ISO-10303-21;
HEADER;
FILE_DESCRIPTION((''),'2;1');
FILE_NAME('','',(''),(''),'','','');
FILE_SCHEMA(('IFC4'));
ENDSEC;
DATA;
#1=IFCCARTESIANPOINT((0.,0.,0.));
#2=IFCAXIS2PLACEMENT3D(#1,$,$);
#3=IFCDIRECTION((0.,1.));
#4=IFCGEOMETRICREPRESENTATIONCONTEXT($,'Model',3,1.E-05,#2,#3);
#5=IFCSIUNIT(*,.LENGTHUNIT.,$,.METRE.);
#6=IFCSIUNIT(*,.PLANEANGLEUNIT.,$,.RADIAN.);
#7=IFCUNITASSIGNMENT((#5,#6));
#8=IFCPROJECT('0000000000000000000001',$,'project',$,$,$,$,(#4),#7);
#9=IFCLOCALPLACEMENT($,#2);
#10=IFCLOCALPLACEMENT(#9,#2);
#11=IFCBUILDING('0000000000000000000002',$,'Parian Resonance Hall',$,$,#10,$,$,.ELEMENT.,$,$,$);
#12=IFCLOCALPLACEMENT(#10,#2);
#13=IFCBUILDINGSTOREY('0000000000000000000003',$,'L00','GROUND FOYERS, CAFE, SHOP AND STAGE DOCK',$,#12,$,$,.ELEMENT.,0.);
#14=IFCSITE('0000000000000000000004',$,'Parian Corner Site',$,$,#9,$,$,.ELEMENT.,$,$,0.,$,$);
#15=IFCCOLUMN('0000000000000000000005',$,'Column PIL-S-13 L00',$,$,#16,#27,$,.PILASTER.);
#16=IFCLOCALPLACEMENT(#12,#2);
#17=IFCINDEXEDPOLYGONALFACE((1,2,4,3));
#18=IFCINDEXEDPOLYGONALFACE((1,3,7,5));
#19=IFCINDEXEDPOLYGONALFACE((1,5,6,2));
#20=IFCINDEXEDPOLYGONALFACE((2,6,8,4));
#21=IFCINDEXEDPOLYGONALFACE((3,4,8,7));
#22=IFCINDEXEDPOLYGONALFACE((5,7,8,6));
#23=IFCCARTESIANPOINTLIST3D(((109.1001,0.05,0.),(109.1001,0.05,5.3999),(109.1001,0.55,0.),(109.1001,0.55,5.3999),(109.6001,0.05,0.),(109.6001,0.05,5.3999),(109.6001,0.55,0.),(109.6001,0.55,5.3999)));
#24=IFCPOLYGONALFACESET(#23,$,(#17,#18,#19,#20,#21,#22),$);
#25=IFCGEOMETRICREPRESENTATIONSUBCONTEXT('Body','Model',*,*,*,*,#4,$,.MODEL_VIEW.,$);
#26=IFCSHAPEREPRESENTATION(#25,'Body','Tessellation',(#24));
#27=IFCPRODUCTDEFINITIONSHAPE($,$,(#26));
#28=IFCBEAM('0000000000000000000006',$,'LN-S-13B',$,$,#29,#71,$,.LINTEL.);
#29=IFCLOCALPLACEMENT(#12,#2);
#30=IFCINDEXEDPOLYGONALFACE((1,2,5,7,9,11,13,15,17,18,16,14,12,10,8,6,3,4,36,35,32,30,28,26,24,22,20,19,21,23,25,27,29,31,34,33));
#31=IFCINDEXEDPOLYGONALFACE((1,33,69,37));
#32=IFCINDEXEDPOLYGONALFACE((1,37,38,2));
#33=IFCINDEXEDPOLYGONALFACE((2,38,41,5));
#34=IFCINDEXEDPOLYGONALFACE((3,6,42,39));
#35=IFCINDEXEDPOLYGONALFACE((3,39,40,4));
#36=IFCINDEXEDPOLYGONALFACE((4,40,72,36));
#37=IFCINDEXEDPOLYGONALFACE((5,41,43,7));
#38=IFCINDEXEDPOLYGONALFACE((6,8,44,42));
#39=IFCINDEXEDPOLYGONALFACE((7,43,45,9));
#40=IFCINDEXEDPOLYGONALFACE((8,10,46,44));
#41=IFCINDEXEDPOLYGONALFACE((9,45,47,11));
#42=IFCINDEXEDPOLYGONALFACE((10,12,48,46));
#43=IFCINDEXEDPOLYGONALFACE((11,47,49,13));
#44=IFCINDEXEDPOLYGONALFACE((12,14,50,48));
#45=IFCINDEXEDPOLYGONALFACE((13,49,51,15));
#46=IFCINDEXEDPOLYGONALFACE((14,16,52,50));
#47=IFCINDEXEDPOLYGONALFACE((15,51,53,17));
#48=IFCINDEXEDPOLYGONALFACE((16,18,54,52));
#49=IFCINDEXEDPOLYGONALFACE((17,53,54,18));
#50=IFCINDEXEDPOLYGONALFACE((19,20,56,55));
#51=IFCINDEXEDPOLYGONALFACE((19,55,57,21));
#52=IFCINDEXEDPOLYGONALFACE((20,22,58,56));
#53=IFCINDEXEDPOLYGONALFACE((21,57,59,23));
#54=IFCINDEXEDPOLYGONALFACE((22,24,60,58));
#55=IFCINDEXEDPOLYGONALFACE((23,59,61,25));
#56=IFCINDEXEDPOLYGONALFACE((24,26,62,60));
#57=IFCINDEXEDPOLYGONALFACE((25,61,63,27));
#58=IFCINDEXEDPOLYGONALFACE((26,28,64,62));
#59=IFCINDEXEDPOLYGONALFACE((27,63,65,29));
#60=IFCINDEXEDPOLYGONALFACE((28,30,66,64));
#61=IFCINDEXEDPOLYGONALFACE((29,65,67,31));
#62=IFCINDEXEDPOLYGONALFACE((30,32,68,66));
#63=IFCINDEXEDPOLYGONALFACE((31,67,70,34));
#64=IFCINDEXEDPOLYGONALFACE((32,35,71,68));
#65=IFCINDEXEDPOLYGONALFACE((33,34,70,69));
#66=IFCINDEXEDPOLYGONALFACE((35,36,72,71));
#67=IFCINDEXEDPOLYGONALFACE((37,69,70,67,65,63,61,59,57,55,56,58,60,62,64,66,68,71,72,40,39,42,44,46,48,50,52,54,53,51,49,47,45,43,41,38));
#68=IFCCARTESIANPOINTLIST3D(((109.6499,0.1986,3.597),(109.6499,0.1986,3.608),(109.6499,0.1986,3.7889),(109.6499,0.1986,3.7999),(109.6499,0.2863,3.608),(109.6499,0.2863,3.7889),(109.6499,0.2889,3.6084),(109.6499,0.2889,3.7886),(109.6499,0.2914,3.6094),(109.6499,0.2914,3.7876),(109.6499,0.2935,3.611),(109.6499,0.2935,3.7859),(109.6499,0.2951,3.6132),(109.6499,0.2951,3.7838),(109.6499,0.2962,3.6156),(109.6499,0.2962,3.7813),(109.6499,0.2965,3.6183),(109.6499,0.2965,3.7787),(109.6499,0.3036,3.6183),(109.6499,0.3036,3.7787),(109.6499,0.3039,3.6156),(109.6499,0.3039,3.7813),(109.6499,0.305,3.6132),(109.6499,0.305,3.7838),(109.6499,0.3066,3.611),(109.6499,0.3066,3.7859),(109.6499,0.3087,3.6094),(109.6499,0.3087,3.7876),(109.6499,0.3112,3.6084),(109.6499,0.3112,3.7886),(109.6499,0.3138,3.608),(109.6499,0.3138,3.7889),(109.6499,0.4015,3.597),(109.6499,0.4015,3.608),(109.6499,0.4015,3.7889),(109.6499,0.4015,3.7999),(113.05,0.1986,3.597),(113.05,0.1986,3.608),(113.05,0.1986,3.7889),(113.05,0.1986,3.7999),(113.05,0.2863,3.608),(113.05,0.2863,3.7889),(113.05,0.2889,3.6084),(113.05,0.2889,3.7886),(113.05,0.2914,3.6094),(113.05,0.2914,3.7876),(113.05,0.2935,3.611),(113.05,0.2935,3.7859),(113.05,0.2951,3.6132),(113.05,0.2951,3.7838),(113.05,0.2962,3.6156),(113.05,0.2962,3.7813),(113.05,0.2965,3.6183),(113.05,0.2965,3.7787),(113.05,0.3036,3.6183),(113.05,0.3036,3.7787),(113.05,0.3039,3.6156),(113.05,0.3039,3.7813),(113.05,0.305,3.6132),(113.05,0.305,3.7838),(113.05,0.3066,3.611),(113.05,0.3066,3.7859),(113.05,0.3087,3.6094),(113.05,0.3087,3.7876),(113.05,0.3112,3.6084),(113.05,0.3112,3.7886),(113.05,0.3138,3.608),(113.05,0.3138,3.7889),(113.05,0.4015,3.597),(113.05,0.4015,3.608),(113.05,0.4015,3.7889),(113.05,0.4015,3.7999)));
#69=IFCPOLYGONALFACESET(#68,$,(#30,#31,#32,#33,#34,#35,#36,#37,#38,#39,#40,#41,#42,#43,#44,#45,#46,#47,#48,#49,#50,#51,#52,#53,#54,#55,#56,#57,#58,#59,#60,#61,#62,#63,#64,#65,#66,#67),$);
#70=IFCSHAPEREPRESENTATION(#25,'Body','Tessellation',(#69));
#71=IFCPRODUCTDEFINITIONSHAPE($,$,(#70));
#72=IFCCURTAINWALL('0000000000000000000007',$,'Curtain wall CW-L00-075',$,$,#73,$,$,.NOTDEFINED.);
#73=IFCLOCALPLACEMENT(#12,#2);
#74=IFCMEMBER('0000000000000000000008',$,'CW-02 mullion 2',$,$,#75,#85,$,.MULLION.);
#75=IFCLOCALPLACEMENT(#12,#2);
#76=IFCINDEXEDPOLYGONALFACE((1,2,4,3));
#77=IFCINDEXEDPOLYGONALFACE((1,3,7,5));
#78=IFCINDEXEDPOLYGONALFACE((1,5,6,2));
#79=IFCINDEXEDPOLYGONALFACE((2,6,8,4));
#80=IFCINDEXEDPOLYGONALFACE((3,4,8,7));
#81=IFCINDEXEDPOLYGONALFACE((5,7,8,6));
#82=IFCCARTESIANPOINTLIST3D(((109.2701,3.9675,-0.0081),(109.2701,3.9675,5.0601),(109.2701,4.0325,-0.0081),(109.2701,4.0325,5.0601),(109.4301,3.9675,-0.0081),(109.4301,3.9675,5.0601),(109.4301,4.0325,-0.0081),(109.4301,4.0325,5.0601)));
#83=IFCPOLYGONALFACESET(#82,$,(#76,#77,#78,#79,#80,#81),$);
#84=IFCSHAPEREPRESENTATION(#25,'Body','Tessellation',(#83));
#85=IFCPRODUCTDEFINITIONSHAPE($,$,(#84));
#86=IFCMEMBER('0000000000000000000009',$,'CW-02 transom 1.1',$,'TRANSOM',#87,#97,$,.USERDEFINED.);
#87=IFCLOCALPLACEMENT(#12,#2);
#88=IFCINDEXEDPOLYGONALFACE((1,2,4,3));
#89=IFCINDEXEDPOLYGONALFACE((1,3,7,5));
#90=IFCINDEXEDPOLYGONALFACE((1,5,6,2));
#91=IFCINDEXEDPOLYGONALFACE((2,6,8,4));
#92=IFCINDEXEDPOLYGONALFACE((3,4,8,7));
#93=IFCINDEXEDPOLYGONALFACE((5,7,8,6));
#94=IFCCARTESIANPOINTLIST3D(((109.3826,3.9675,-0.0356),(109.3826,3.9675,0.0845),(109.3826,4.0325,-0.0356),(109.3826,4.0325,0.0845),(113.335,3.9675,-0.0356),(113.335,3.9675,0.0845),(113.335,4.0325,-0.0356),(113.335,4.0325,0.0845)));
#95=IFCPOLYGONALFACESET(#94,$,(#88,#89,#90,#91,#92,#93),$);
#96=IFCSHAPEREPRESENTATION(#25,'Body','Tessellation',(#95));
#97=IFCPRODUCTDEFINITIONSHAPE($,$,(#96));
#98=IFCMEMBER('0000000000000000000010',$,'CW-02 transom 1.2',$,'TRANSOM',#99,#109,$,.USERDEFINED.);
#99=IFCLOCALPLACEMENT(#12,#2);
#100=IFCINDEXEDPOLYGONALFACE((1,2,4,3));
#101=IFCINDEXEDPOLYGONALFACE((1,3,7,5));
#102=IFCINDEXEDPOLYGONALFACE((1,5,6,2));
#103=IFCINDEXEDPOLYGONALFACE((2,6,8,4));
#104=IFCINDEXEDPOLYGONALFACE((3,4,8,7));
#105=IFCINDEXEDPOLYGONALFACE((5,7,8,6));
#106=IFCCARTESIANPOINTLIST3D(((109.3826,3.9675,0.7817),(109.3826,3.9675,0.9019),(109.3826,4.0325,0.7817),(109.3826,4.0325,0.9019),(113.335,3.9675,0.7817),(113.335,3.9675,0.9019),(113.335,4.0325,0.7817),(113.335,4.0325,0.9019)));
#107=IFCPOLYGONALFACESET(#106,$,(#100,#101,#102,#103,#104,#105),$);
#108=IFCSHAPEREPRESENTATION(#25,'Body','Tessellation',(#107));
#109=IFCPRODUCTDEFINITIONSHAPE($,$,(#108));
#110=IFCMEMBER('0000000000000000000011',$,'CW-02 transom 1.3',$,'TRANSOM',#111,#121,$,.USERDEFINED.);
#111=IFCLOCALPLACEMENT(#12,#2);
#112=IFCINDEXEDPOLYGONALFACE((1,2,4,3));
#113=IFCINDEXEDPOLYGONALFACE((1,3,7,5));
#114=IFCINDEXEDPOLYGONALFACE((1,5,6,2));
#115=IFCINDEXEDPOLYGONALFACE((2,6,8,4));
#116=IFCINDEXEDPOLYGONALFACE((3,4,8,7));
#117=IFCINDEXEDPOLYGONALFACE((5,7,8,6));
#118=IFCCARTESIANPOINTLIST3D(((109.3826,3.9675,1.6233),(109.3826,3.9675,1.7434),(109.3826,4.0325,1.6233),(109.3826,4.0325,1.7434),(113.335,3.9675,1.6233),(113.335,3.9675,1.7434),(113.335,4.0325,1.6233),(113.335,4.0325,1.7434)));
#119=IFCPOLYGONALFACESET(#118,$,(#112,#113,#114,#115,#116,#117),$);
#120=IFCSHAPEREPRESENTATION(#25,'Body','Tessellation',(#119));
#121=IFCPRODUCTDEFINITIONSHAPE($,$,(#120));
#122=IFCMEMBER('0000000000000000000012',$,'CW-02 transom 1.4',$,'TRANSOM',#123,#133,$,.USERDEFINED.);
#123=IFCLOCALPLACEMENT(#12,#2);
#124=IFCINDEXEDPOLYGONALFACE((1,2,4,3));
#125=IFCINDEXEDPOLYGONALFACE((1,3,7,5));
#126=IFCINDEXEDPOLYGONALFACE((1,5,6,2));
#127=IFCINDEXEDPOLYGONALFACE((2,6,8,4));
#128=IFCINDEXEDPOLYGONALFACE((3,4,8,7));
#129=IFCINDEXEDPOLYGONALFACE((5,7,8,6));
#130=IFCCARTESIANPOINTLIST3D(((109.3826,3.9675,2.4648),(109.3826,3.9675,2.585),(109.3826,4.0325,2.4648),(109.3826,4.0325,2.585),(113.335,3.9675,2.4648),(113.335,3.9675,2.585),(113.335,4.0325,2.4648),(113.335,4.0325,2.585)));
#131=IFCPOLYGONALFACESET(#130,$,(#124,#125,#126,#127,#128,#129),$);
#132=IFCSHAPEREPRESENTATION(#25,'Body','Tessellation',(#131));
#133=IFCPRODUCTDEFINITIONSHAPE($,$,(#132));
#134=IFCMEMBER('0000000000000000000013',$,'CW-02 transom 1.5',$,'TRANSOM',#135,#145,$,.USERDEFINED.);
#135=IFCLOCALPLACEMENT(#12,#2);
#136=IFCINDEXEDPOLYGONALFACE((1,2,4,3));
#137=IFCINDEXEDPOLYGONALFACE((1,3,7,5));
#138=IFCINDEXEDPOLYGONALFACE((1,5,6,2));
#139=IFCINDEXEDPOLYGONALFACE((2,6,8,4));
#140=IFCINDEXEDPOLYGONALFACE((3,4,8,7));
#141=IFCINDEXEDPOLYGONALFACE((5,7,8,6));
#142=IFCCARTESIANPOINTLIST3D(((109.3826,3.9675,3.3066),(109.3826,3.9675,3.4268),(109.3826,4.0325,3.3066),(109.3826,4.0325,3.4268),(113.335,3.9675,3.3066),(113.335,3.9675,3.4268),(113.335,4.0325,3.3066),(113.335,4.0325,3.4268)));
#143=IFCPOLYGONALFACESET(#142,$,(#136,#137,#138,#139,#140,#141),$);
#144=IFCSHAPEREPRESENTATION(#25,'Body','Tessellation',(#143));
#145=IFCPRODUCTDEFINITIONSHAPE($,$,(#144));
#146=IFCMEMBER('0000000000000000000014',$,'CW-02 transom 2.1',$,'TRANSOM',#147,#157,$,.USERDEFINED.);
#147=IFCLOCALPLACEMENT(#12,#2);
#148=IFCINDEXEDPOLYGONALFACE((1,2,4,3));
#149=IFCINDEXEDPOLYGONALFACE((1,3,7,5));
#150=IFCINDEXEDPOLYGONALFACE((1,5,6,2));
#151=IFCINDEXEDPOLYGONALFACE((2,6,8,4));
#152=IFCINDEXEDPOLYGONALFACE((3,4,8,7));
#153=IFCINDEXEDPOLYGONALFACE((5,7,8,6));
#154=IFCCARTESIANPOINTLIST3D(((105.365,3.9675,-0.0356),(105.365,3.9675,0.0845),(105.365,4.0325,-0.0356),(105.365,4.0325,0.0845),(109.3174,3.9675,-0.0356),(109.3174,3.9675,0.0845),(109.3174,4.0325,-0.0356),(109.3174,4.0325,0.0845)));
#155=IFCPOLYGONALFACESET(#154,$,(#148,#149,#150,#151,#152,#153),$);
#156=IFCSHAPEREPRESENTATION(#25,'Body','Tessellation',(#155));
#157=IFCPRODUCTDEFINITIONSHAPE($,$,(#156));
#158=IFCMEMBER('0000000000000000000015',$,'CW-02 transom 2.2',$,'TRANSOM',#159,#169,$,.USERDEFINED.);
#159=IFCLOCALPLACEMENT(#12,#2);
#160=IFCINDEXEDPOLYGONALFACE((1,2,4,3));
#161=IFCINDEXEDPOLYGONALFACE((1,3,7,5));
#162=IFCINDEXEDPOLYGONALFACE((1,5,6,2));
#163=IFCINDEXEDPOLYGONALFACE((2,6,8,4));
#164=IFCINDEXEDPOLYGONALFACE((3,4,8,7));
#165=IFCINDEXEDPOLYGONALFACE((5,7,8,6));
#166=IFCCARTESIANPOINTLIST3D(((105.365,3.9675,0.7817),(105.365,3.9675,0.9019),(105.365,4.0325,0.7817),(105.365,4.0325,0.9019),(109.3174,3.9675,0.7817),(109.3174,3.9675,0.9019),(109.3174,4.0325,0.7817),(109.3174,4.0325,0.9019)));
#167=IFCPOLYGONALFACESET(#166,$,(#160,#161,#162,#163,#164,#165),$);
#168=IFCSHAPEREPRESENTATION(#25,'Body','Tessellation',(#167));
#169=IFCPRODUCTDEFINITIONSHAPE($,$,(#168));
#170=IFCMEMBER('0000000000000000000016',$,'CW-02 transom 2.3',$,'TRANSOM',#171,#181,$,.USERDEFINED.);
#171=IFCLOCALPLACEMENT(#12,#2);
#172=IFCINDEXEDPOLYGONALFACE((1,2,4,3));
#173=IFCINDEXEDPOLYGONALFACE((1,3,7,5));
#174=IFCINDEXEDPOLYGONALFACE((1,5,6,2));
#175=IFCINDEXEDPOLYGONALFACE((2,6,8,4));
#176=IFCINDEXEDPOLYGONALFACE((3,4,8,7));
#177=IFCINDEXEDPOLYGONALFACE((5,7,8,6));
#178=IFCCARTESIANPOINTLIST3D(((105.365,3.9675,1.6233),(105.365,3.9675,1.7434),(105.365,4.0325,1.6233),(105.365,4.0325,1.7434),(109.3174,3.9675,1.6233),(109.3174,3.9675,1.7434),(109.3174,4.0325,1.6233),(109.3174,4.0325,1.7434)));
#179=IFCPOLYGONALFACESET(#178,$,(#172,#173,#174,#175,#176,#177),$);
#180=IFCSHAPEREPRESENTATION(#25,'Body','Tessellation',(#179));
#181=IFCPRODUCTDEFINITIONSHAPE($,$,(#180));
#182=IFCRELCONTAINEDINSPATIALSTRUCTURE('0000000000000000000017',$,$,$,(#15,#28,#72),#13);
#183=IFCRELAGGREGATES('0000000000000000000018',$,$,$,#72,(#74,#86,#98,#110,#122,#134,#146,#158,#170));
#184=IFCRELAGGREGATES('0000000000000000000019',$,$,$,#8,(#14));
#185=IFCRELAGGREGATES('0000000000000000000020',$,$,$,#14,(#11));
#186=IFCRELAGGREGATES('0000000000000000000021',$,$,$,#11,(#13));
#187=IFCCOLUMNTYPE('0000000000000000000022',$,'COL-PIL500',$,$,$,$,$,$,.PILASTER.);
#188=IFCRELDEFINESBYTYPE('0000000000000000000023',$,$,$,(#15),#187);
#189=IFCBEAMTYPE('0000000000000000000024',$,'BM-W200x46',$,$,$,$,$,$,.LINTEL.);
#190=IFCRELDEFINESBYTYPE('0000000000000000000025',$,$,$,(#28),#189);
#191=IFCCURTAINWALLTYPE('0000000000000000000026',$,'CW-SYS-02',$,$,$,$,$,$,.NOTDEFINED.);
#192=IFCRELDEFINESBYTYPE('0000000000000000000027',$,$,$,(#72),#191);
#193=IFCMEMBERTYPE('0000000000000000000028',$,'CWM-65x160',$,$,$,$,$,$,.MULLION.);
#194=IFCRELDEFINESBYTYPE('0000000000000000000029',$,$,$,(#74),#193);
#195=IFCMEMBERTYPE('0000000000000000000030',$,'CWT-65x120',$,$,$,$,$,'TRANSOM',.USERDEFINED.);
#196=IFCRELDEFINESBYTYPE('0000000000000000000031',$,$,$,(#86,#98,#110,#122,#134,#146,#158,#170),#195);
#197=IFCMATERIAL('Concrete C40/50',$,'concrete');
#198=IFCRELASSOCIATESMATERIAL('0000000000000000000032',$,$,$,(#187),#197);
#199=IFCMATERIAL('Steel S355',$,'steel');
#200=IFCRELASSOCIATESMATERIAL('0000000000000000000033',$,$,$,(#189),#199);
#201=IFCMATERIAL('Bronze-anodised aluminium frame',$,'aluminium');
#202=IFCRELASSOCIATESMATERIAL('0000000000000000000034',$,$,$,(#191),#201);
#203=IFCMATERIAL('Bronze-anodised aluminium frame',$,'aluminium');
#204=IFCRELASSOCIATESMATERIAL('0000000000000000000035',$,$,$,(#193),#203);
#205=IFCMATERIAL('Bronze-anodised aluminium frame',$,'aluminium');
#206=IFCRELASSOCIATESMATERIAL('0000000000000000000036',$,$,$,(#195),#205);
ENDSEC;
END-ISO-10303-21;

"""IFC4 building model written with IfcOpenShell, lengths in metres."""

from ifc_helpers import new_model, si_unit, direction, frame, origin, origin_2d, place, context, subcontext, project, spatial, rectangle, i_section, extrude, material, material_profile, profile_set, type_object, element, aggregate, save


model = new_model("IFC4")

# Units and contexts
model_context = context("Model", 3, precision=1e-05, world=origin(), true_north=direction((0.0, 1.0)))
body_context = subcontext(model_context, "Body", "Model", "MODEL_VIEW")
ifc_project = project(units=[si_unit("LENGTHUNIT", "METRE"), si_unit("PLANEANGLEUNIT", "RADIAN")], contexts=[model_context])

# Site, building, storey
site_placement = place(None, origin())
site = spatial("IfcSite", under=ifc_project, at=site_placement, Name="Parian Corner Site", CompositionType="ELEMENT", RefElevation=0.0)
building_placement = place(site_placement, origin())
building = spatial("IfcBuilding", under=site, at=building_placement, Name="Parian Resonance Hall", CompositionType="ELEMENT")
storey_placement = place(building_placement, origin())
storey = spatial("IfcBuildingStorey", under=building, at=storey_placement, Name="L00", Description="GROUND FOYERS, CAFE, SHOP AND STAGE DOCK", CompositionType="ELEMENT", Elevation=0.0)

# Column
ifc_material_1 = material(Name="Concrete C40/50", Category="concrete")
ifc_material_profile_1 = material_profile(ifc_material_1, rectangle(XDim=0.5, YDim=0.5, at=origin_2d()), Name="RC-COL-500x500")
ifc_profile_set_1 = profile_set([ifc_material_profile_1], Name="Concrete C40/50")
column_type = type_object("IfcColumnType", Name="COL-PIL500", PredefinedType="PILASTER", material=ifc_profile_set_1)
column_placement = place(storey_placement, frame((109.3501, 0.3, 0.0), z_axis=(0.0, 0.0, 1.0), x_axis=(1.0, 0.0, 0.0)))
element("IfcColumn", 1, at=column_placement, inside=storey, type_object=column_type, Name="Column PIL-S-13 L00", PredefinedType="PILASTER", context=body_context, shape_type="SweptSolid", body=[
    extrude(rectangle(XDim=0.5, YDim=0.5, at=origin_2d()), origin(), (0.0, 0.0, 1.0), 5.3999),
])

# Beam
ifc_material_2 = material(Name="Steel S355", Category="steel")
ifc_material_profile_2 = material_profile(ifc_material_2, i_section(OverallWidth=0.2029, OverallDepth=0.2029, WebThickness=0.0071, FlangeThickness=0.011, FilletRadius=0.0103, at=origin_2d()), Name="W200x46")
ifc_profile_set_2 = profile_set([ifc_material_profile_2], Name="Steel S355")
beam_type = type_object("IfcBeamType", Name="BM-W200x46", PredefinedType="LINTEL", material=ifc_profile_set_2)
beam_placement = place(storey_placement, frame((109.6499, 0.3, 3.6985), z_axis=(1.0, 0.0, 0.0), x_axis=(0.0, 1.0, 0.0)))
element("IfcBeam", 2, at=beam_placement, inside=storey, type_object=beam_type, Name="LN-S-13B", PredefinedType="LINTEL", context=body_context, shape_type="SweptSolid", body=[
    extrude(i_section(OverallWidth=0.2029, OverallDepth=0.2029, WebThickness=0.0071, FlangeThickness=0.011, FilletRadius=0.0103, at=origin_2d()), origin(), (0.0, 0.0, 1.0), 3.4001),
])

# Curtain wall, members
ifc_material_3 = material(Name="Bronze-anodised aluminium frame", Category="aluminium")
curtain_wall_type = type_object("IfcCurtainWallType", Name="CW-SYS-02", PredefinedType="NOTDEFINED", material=ifc_material_3)
curtain_wall_placement = place(storey_placement, origin())
curtain_wall = element("IfcCurtainWall", 3, at=curtain_wall_placement, inside=storey, type_object=curtain_wall_type, Name="Curtain wall CW-L00-075", PredefinedType="NOTDEFINED")
ifc_material_4 = material(Name="Bronze-anodised aluminium frame", Category="aluminium")
ifc_material_profile_3 = material_profile(ifc_material_4, rectangle(XDim=0.0649, YDim=0.1599, at=origin_2d()), Name="CWM-65x160")
ifc_profile_set_3 = profile_set([ifc_material_profile_3], Name="Bronze-anodised aluminium frame")
member_type_1 = type_object("IfcMemberType", Name="CWM-65x160", PredefinedType="MULLION", material=ifc_profile_set_3)
member_1_placement = place(storey_placement, frame((109.3501, 4.0, -0.0081), z_axis=(0.0, 0.0, 1.0), x_axis=(0.0, -1.0, 0.0)))
member_1 = element("IfcMember", 4, at=member_1_placement, type_object=member_type_1, Name="CW-02 mullion 2", PredefinedType="MULLION", context=body_context, shape_type="SweptSolid", body=[
    extrude(rectangle(XDim=0.0649, YDim=0.1599, at=origin_2d()), origin(), (0.0, 0.0, 1.0), 5.0681),
])
ifc_material_5 = material(Name="Bronze-anodised aluminium frame", Category="aluminium")
ifc_material_profile_4 = material_profile(ifc_material_5, rectangle(XDim=0.0649, YDim=0.1201, at=origin_2d()), Name="CWT-65x120")
ifc_profile_set_4 = profile_set([ifc_material_profile_4], Name="Bronze-anodised aluminium frame")
member_type_2 = type_object("IfcMemberType", Name="CWT-65x120", ElementType="TRANSOM", PredefinedType="USERDEFINED", material=ifc_profile_set_4)
member_2_placement = place(storey_placement, frame((113.335, 4.0, 0.0244), z_axis=(-1.0, 0.0, 0.0), x_axis=(0.0, -1.0, 0.0)))
member_2 = element("IfcMember", 5, at=member_2_placement, type_object=member_type_2, Name="CW-02 transom 1.1", ObjectType="TRANSOM", PredefinedType="USERDEFINED", context=body_context, shape_type="SweptSolid", body=[
    extrude(rectangle(XDim=0.0649, YDim=0.1201, at=origin_2d()), origin(), (0.0, 0.0, 1.0), 3.9524),
])
member_3_placement = place(storey_placement, frame((113.335, 4.0, 0.8418), z_axis=(-1.0, 0.0, 0.0), x_axis=(0.0, -1.0, 0.0)))
member_3 = element("IfcMember", 6, at=member_3_placement, type_object=member_type_2, Name="CW-02 transom 1.2", ObjectType="TRANSOM", PredefinedType="USERDEFINED", context=body_context, shape_type="SweptSolid", body=[
    extrude(rectangle(XDim=0.0649, YDim=0.1201, at=origin_2d()), origin(), (0.0, 0.0, 1.0), 3.9524),
])
member_4_placement = place(storey_placement, frame((113.335, 4.0, 1.6833), z_axis=(-1.0, 0.0, 0.0), x_axis=(0.0, -1.0, 0.0)))
member_4 = element("IfcMember", 7, at=member_4_placement, type_object=member_type_2, Name="CW-02 transom 1.3", ObjectType="TRANSOM", PredefinedType="USERDEFINED", context=body_context, shape_type="SweptSolid", body=[
    extrude(rectangle(XDim=0.0649, YDim=0.1201, at=origin_2d()), origin(), (0.0, 0.0, 1.0), 3.9524),
])
member_5_placement = place(storey_placement, frame((113.335, 4.0, 2.5249), z_axis=(-1.0, 0.0, 0.0), x_axis=(0.0, -1.0, 0.0)))
member_5 = element("IfcMember", 8, at=member_5_placement, type_object=member_type_2, Name="CW-02 transom 1.4", ObjectType="TRANSOM", PredefinedType="USERDEFINED", context=body_context, shape_type="SweptSolid", body=[
    extrude(rectangle(XDim=0.0649, YDim=0.1201, at=origin_2d()), origin(), (0.0, 0.0, 1.0), 3.9524),
])
member_6_placement = place(storey_placement, frame((113.335, 4.0, 3.3667), z_axis=(-1.0, 0.0, 0.0), x_axis=(0.0, -1.0, 0.0)))
member_6 = element("IfcMember", 9, at=member_6_placement, type_object=member_type_2, Name="CW-02 transom 1.5", ObjectType="TRANSOM", PredefinedType="USERDEFINED", context=body_context, shape_type="SweptSolid", body=[
    extrude(rectangle(XDim=0.0649, YDim=0.1201, at=origin_2d()), origin(), (0.0, 0.0, 1.0), 3.9524),
])
member_7_placement = place(storey_placement, frame((109.3174, 4.0, 0.0244), z_axis=(-1.0, 0.0, 0.0), x_axis=(0.0, -1.0, 0.0)))
member_7 = element("IfcMember", 10, at=member_7_placement, type_object=member_type_2, Name="CW-02 transom 2.1", ObjectType="TRANSOM", PredefinedType="USERDEFINED", context=body_context, shape_type="SweptSolid", body=[
    extrude(rectangle(XDim=0.0649, YDim=0.1201, at=origin_2d()), origin(), (0.0, 0.0, 1.0), 3.9524),
])
member_8_placement = place(storey_placement, frame((109.3174, 4.0, 0.8418), z_axis=(-1.0, 0.0, 0.0), x_axis=(0.0, -1.0, 0.0)))
member_8 = element("IfcMember", 11, at=member_8_placement, type_object=member_type_2, Name="CW-02 transom 2.2", ObjectType="TRANSOM", PredefinedType="USERDEFINED", context=body_context, shape_type="SweptSolid", body=[
    extrude(rectangle(XDim=0.0649, YDim=0.1201, at=origin_2d()), origin(), (0.0, 0.0, 1.0), 3.9524),
])
member_9_placement = place(storey_placement, frame((109.3174, 4.0, 1.6833), z_axis=(-1.0, 0.0, 0.0), x_axis=(0.0, -1.0, 0.0)))
member_9 = element("IfcMember", 12, at=member_9_placement, type_object=member_type_2, Name="CW-02 transom 2.3", ObjectType="TRANSOM", PredefinedType="USERDEFINED", context=body_context, shape_type="SweptSolid", body=[
    extrude(rectangle(XDim=0.0649, YDim=0.1201, at=origin_2d()), origin(), (0.0, 0.0, 1.0), 3.9524),
])
aggregate(curtain_wall, [member_1, member_2, member_3, member_4, member_5, member_6, member_7, member_8, member_9])

save(model, "model.ifc")
